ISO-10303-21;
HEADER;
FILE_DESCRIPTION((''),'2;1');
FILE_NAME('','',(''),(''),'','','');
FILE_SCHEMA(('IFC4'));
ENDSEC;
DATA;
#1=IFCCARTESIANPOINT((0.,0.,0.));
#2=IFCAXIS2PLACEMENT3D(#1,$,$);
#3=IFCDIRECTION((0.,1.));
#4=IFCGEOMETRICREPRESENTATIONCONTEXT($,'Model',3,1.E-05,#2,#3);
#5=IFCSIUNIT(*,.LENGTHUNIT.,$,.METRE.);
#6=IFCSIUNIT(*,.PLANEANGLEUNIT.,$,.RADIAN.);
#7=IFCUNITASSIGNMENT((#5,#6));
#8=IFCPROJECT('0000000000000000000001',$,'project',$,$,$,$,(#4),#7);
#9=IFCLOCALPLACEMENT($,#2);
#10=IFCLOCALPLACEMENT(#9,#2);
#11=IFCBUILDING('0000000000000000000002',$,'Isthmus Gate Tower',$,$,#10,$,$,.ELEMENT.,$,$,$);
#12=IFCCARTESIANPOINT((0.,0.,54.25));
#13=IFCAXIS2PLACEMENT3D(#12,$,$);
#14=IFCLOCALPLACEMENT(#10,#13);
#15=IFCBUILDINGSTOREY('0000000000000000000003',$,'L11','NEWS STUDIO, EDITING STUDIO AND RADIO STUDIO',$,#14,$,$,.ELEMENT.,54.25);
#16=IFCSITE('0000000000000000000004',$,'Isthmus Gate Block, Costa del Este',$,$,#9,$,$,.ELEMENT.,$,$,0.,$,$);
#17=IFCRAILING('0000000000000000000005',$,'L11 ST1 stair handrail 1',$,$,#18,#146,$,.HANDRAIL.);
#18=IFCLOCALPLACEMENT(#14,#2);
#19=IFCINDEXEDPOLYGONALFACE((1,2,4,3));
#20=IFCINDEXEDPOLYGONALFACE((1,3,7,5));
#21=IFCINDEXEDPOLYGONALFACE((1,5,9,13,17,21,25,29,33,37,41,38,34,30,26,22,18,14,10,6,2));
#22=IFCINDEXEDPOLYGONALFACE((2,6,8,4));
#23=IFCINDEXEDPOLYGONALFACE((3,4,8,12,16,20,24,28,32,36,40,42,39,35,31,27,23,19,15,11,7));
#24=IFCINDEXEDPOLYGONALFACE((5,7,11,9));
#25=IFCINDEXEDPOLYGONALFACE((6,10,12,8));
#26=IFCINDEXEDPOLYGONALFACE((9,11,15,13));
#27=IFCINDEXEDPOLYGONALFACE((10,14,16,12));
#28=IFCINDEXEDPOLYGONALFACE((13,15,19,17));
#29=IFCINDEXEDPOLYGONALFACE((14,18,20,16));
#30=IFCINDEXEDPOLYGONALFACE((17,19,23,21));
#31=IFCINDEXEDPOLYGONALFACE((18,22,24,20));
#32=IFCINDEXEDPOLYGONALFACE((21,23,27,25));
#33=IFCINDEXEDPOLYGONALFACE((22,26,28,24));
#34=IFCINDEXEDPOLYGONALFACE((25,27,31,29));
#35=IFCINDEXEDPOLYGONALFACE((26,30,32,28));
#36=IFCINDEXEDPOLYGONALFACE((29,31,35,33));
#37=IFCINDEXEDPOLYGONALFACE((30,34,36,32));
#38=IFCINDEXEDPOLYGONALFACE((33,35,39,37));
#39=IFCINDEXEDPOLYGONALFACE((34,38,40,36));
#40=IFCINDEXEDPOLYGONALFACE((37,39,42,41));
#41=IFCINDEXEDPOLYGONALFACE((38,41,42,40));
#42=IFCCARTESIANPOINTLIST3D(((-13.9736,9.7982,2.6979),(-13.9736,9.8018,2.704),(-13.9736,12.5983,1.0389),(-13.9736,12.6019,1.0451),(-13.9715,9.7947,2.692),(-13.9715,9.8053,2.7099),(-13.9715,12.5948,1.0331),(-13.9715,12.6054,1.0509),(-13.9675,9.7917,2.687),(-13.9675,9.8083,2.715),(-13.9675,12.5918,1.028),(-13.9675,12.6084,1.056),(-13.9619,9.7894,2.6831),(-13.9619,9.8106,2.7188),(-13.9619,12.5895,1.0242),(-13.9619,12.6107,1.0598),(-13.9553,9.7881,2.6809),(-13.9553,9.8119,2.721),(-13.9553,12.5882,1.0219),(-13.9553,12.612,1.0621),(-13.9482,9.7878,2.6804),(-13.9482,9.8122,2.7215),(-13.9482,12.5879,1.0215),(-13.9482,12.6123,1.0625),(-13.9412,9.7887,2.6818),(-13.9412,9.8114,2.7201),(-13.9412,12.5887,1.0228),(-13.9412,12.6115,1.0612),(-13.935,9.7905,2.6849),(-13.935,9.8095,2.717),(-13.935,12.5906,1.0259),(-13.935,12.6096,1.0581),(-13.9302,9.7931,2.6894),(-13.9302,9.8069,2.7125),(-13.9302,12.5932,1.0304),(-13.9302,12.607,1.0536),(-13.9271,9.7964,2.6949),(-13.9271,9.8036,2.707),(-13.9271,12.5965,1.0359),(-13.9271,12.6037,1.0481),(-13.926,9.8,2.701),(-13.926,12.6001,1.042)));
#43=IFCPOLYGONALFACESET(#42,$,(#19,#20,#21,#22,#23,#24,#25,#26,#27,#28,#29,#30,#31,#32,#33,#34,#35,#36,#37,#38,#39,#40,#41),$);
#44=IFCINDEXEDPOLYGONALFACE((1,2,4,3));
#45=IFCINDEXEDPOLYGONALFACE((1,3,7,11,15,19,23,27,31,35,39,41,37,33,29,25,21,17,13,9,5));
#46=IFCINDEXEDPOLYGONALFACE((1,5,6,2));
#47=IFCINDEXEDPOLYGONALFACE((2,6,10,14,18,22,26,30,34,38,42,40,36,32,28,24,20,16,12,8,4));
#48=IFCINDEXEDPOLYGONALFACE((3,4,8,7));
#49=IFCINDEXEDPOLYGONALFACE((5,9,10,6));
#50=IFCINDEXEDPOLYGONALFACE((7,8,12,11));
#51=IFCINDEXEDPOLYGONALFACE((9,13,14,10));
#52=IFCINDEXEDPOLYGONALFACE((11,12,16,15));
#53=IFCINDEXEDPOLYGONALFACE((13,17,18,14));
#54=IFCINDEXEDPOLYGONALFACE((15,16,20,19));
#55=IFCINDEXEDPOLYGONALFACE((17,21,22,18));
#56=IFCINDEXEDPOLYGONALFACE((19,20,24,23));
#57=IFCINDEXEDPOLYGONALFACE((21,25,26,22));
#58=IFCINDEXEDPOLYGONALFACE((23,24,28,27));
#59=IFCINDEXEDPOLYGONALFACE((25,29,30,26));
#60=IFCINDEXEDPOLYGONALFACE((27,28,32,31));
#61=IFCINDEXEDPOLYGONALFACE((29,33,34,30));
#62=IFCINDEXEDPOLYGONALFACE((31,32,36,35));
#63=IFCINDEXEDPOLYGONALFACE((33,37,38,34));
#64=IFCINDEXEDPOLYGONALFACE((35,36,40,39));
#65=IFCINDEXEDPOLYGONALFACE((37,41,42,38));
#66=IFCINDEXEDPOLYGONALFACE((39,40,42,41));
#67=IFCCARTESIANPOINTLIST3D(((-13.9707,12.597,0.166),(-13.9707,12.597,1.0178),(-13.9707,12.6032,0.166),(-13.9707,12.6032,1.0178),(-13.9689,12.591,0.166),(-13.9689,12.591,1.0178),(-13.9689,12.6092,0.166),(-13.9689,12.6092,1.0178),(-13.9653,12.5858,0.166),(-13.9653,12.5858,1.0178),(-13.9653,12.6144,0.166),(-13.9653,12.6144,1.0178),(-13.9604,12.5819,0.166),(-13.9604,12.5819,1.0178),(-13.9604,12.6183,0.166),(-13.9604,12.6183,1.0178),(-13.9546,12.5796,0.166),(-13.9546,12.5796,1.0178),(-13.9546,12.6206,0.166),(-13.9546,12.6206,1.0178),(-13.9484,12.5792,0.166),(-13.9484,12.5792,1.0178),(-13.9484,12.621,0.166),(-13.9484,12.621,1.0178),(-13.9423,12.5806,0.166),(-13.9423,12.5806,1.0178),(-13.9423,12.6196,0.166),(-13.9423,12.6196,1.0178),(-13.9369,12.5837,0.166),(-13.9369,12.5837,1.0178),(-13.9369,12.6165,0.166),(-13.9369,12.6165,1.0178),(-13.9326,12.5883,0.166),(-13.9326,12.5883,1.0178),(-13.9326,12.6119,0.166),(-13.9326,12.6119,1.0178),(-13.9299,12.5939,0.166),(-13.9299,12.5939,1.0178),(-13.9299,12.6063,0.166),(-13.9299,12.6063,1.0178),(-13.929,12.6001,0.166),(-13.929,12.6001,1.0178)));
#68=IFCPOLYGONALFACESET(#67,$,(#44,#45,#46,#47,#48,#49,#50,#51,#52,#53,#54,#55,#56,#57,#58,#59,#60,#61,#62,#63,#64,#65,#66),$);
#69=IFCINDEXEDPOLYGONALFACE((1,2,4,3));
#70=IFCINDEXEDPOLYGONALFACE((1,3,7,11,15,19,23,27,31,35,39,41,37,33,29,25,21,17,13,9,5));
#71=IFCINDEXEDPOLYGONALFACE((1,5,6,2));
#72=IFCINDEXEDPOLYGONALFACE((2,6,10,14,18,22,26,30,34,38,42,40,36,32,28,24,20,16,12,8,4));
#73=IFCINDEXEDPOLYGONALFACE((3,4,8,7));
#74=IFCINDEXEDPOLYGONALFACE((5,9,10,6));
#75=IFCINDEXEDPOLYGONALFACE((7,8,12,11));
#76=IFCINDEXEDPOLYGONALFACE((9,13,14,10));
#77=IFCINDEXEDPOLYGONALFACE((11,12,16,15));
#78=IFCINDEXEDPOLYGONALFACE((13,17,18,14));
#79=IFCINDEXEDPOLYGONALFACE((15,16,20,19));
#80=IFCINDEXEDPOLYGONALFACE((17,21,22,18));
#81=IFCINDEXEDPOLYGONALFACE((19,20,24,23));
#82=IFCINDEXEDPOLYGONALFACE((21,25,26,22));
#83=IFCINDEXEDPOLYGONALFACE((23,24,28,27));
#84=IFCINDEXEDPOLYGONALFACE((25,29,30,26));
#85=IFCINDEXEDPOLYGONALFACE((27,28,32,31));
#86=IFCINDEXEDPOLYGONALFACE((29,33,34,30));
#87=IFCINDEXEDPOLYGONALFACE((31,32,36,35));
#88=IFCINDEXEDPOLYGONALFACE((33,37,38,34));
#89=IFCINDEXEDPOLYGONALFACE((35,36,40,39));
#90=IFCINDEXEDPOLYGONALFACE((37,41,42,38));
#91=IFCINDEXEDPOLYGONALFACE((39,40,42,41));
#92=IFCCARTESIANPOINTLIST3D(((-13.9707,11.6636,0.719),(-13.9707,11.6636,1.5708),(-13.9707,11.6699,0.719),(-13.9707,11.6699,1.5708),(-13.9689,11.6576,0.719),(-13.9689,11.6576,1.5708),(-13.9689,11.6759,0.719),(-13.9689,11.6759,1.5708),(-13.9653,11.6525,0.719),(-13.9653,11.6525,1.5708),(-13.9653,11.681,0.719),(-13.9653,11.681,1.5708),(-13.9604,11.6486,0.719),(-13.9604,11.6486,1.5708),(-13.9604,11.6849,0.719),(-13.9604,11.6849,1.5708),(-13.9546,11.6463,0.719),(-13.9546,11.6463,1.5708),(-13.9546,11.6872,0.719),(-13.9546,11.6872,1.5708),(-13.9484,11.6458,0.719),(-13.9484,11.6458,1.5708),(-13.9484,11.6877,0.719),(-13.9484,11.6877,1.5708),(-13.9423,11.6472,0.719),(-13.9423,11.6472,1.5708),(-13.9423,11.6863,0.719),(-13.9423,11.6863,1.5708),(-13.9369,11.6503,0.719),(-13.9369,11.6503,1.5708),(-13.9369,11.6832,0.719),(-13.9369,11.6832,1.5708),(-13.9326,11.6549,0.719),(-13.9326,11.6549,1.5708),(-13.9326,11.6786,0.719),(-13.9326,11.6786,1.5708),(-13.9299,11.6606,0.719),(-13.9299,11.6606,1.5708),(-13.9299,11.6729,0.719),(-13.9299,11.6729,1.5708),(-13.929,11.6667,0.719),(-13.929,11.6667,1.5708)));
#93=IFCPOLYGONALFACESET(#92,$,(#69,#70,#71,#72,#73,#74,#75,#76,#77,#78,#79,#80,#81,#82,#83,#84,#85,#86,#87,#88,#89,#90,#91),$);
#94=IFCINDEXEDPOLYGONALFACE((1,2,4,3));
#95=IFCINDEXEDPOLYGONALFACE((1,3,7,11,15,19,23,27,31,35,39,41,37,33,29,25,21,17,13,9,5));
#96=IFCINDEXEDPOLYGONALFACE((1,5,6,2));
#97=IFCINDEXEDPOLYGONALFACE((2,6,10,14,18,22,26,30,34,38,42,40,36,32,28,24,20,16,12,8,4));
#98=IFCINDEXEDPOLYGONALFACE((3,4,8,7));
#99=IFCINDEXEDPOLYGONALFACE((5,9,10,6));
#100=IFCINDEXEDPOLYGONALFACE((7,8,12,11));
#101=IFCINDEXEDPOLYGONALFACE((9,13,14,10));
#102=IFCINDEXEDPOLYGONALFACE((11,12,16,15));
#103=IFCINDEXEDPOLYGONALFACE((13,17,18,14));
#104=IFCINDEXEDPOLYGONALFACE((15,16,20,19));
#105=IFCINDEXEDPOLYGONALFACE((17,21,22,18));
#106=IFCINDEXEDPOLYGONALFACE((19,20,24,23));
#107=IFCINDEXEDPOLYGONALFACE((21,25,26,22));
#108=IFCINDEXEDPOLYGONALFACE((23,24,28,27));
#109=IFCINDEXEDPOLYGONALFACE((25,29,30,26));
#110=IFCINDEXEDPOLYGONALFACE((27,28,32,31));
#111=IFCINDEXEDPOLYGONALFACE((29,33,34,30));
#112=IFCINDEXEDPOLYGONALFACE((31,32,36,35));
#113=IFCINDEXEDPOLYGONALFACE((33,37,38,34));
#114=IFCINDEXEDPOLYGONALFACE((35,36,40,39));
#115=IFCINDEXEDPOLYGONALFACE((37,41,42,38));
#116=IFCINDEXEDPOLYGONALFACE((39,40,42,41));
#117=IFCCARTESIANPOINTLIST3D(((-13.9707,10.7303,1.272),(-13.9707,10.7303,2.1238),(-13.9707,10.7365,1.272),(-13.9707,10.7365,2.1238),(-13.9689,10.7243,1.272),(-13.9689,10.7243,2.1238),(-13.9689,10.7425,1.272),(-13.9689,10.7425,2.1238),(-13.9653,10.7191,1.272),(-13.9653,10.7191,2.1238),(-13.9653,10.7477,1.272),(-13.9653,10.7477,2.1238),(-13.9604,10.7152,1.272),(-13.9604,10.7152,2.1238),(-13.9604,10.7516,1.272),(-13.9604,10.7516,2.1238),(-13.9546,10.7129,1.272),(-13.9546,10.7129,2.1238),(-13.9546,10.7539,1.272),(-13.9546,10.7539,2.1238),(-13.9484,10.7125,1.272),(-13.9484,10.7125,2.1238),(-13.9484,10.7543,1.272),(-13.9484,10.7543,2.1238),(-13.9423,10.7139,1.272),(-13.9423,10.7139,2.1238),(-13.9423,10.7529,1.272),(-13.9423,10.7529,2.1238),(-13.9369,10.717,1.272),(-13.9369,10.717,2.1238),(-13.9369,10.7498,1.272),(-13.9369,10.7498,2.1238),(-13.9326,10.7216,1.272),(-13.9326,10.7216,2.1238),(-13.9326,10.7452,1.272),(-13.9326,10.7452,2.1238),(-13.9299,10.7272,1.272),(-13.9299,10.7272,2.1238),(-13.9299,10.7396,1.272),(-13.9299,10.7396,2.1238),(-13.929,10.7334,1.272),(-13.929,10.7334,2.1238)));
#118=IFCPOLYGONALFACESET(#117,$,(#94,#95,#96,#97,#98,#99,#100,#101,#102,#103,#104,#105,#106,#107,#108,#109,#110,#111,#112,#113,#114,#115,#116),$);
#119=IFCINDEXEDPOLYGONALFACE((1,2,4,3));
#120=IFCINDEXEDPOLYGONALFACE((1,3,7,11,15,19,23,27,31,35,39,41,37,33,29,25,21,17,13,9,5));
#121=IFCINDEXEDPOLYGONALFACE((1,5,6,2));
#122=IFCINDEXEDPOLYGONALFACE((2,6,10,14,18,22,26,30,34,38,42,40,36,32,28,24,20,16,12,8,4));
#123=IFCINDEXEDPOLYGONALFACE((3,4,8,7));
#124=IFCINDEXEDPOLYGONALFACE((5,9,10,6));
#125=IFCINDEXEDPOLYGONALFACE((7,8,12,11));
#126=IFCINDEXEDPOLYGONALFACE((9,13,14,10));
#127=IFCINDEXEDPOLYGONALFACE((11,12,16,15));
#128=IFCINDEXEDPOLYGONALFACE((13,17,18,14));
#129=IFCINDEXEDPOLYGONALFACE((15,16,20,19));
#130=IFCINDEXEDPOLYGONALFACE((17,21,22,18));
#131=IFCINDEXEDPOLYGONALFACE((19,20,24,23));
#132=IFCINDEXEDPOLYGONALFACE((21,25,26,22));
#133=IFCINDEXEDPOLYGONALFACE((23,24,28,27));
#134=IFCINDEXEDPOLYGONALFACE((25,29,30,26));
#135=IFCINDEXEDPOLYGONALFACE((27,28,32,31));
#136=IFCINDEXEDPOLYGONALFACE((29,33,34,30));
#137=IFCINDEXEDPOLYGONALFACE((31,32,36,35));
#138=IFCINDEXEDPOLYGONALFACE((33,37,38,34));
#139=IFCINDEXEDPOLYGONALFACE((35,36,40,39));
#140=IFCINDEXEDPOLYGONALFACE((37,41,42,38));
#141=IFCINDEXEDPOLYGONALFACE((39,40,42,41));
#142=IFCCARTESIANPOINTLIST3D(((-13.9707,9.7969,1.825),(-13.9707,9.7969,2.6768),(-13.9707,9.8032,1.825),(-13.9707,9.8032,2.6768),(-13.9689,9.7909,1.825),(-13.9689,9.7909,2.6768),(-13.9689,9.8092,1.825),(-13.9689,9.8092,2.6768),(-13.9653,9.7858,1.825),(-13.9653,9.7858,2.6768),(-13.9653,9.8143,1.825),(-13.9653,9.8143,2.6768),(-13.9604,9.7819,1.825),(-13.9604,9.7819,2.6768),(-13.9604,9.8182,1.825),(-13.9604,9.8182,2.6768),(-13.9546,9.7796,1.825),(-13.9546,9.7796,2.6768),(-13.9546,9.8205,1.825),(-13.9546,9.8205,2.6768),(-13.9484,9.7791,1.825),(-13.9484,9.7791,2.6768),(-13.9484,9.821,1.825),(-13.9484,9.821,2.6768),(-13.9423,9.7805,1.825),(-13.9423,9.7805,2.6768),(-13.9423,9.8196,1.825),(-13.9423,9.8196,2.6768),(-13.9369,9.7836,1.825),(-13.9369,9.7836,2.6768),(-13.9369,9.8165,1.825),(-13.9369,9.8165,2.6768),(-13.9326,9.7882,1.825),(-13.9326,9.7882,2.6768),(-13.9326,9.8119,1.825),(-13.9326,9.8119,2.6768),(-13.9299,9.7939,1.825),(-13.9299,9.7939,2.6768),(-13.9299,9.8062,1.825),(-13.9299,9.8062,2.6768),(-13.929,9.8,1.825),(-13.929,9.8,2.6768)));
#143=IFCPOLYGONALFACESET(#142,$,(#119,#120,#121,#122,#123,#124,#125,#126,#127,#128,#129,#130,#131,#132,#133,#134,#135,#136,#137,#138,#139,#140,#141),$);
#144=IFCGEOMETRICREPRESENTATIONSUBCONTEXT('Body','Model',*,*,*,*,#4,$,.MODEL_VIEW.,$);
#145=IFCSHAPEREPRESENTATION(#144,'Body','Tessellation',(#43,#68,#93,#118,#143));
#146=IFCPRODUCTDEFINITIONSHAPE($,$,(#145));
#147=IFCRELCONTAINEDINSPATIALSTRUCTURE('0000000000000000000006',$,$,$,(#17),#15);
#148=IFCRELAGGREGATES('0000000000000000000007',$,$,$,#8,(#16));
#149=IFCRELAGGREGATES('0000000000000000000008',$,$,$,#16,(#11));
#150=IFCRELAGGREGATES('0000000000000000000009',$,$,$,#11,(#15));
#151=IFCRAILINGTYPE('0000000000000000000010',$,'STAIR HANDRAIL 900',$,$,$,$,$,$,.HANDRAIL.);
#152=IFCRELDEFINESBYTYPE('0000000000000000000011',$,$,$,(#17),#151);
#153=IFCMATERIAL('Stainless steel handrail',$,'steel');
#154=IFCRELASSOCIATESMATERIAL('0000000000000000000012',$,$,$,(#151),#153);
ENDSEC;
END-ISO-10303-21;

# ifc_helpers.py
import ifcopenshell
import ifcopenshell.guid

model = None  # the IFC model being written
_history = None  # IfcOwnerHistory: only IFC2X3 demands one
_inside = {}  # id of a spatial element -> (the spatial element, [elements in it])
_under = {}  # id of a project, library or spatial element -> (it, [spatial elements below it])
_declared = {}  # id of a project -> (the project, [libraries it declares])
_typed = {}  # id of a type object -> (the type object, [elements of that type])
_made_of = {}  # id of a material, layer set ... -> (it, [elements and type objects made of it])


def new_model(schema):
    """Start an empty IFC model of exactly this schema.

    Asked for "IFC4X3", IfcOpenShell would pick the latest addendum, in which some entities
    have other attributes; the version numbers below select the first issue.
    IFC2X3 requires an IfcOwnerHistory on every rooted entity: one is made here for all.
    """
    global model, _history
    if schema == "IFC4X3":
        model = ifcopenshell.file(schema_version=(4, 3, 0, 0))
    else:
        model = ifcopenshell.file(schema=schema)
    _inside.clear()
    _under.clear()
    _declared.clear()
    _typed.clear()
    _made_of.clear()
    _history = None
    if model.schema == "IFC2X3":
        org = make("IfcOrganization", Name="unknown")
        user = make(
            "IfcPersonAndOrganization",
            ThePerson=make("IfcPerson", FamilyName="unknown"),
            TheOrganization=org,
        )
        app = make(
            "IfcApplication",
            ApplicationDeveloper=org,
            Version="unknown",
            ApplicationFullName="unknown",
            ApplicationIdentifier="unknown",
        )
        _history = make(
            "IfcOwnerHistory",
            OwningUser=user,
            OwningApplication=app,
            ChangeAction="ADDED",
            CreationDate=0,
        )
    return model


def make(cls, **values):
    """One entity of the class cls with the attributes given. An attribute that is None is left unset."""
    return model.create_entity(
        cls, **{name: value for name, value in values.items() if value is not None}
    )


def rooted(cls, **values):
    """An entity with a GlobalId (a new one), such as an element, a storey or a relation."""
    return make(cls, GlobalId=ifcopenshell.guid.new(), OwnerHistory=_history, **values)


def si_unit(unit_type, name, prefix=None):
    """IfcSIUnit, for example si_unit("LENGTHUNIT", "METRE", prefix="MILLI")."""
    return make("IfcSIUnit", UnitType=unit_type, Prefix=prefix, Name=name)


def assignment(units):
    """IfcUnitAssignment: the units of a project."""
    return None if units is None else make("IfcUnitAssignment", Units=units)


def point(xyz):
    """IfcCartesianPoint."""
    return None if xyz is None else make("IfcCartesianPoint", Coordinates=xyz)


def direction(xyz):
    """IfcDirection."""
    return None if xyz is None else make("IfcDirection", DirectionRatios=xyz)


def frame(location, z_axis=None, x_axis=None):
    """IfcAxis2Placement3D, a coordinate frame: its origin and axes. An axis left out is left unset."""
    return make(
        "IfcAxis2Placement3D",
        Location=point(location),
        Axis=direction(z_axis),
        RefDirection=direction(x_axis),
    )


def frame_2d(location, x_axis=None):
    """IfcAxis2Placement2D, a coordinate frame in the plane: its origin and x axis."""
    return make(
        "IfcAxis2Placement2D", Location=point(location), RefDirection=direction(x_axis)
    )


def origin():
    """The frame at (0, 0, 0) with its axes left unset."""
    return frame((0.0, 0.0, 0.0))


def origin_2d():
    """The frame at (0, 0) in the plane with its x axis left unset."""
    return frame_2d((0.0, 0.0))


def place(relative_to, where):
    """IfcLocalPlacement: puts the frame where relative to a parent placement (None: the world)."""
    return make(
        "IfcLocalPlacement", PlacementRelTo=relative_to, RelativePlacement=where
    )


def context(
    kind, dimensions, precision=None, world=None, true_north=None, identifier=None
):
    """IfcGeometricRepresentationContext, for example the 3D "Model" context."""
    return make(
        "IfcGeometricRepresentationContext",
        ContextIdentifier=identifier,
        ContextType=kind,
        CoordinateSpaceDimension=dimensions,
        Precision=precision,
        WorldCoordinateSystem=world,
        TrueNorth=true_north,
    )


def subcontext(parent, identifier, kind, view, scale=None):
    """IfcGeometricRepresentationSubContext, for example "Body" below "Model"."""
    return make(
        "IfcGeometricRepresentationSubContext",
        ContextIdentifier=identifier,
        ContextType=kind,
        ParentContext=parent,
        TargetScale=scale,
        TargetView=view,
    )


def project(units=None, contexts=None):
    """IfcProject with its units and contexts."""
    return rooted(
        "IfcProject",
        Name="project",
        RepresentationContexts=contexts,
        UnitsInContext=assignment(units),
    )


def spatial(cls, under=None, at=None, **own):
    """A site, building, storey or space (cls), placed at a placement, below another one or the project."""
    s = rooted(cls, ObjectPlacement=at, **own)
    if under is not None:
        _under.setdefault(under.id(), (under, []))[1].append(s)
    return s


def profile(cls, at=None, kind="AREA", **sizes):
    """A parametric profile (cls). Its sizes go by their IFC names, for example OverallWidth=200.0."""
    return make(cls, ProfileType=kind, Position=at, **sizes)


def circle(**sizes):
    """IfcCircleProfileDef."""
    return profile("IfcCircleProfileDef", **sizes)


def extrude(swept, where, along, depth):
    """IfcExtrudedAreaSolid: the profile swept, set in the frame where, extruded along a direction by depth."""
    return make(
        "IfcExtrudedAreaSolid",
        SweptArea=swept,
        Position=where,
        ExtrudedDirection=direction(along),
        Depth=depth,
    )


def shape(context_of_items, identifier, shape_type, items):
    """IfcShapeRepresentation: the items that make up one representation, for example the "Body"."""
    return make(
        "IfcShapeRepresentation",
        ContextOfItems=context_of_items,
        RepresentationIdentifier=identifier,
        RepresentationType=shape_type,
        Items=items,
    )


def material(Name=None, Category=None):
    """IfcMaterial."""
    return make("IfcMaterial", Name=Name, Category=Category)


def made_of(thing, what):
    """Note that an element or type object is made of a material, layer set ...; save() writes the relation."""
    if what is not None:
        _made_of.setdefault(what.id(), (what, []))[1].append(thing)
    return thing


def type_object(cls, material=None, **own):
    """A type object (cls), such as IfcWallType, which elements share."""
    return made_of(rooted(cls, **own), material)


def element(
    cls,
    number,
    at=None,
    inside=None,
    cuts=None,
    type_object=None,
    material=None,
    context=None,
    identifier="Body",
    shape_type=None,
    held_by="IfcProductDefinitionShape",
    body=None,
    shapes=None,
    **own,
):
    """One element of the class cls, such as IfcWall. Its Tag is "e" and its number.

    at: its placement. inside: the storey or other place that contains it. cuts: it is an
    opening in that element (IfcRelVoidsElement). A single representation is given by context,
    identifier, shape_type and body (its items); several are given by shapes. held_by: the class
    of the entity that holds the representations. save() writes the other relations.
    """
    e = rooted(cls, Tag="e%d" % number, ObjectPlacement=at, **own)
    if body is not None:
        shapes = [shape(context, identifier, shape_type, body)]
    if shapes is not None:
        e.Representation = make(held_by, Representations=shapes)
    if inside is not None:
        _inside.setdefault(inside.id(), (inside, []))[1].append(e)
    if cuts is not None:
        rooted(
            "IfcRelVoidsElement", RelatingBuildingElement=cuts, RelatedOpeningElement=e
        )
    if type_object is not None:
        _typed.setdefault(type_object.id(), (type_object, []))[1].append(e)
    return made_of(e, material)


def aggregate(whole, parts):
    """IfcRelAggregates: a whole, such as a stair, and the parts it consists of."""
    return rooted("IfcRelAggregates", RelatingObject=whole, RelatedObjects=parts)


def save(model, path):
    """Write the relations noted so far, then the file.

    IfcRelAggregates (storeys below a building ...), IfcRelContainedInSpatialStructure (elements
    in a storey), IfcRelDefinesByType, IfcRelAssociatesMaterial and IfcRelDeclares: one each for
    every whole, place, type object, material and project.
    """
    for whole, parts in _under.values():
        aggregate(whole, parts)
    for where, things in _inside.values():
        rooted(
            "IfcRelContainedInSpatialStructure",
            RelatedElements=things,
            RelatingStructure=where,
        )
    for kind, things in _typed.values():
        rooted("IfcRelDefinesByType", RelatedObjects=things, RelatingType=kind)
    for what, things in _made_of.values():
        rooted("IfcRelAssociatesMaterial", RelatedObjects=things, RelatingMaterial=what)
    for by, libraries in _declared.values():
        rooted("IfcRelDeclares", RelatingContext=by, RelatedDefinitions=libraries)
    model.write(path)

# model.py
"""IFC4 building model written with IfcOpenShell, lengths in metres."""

from ifc_helpers import new_model, si_unit, direction, frame, origin, origin_2d, place, context, subcontext, project, spatial, circle, extrude, material, type_object, element, save


model = new_model("IFC4")

# Units and contexts
model_context = context("Model", 3, precision=1e-05, world=origin(), true_north=direction((0.0, 1.0)))
body_context = subcontext(model_context, "Body", "Model", "MODEL_VIEW")
ifc_project = project(units=[si_unit("LENGTHUNIT", "METRE"), si_unit("PLANEANGLEUNIT", "RADIAN")], contexts=[model_context])

# Site, building, storey
site_placement = place(None, origin())
site = spatial("IfcSite", under=ifc_project, at=site_placement, Name="Isthmus Gate Block, Costa del Este", CompositionType="ELEMENT", RefElevation=0.0)
building_placement = place(site_placement, origin())
building = spatial("IfcBuilding", under=site, at=building_placement, Name="Isthmus Gate Tower", CompositionType="ELEMENT")
storey_placement = place(building_placement, frame((0.0, 0.0, 54.25)))
storey = spatial("IfcBuildingStorey", under=building, at=storey_placement, Name="L11", Description="NEWS STUDIO, EDITING STUDIO AND RADIO STUDIO", CompositionType="ELEMENT", Elevation=54.25)

# Railing
ifc_material_1 = material(Name="Stainless steel handrail", Category="steel")
railing_type_1 = type_object("IfcRailingType", Name="STAIR HANDRAIL 900", PredefinedType="HANDRAIL", material=ifc_material_1)
railing_1_placement = place(storey_placement, frame((-13.95, 12.6001, 0.166)))
element("IfcRailing", 1, at=railing_1_placement, inside=storey, type_object=railing_type_1, Name="L11 ST1 stair handrail 1", PredefinedType="HANDRAIL", context=body_context, shape_type="SweptSolid", body=[
    extrude(circle(Radius=0.0239, at=origin_2d()), frame((0.0, 0.0, 0.876), z_axis=(0.0, -0.860339, 0.509722), x_axis=(1.0, 0.0, 0.0)), (0.0, 0.0, 1.0), 3.2546),
    extrude(circle(Radius=0.021, at=origin_2d()), origin(), (0.0, 0.0, 1.0), 0.8518),
    extrude(circle(Radius=0.021, at=origin_2d()), frame((0.0, -0.9333, 0.553)), (0.0, 0.0, 1.0), 0.8518),
    extrude(circle(Radius=0.021, at=origin_2d()), frame((0.0, -1.8667, 1.106)), (0.0, 0.0, 1.0), 0.8518),
    extrude(circle(Radius=0.021, at=origin_2d()), frame((0.0, -2.8, 1.6589)), (0.0, 0.0, 1.0), 0.8518),
])

save(model, "model.ifc")
